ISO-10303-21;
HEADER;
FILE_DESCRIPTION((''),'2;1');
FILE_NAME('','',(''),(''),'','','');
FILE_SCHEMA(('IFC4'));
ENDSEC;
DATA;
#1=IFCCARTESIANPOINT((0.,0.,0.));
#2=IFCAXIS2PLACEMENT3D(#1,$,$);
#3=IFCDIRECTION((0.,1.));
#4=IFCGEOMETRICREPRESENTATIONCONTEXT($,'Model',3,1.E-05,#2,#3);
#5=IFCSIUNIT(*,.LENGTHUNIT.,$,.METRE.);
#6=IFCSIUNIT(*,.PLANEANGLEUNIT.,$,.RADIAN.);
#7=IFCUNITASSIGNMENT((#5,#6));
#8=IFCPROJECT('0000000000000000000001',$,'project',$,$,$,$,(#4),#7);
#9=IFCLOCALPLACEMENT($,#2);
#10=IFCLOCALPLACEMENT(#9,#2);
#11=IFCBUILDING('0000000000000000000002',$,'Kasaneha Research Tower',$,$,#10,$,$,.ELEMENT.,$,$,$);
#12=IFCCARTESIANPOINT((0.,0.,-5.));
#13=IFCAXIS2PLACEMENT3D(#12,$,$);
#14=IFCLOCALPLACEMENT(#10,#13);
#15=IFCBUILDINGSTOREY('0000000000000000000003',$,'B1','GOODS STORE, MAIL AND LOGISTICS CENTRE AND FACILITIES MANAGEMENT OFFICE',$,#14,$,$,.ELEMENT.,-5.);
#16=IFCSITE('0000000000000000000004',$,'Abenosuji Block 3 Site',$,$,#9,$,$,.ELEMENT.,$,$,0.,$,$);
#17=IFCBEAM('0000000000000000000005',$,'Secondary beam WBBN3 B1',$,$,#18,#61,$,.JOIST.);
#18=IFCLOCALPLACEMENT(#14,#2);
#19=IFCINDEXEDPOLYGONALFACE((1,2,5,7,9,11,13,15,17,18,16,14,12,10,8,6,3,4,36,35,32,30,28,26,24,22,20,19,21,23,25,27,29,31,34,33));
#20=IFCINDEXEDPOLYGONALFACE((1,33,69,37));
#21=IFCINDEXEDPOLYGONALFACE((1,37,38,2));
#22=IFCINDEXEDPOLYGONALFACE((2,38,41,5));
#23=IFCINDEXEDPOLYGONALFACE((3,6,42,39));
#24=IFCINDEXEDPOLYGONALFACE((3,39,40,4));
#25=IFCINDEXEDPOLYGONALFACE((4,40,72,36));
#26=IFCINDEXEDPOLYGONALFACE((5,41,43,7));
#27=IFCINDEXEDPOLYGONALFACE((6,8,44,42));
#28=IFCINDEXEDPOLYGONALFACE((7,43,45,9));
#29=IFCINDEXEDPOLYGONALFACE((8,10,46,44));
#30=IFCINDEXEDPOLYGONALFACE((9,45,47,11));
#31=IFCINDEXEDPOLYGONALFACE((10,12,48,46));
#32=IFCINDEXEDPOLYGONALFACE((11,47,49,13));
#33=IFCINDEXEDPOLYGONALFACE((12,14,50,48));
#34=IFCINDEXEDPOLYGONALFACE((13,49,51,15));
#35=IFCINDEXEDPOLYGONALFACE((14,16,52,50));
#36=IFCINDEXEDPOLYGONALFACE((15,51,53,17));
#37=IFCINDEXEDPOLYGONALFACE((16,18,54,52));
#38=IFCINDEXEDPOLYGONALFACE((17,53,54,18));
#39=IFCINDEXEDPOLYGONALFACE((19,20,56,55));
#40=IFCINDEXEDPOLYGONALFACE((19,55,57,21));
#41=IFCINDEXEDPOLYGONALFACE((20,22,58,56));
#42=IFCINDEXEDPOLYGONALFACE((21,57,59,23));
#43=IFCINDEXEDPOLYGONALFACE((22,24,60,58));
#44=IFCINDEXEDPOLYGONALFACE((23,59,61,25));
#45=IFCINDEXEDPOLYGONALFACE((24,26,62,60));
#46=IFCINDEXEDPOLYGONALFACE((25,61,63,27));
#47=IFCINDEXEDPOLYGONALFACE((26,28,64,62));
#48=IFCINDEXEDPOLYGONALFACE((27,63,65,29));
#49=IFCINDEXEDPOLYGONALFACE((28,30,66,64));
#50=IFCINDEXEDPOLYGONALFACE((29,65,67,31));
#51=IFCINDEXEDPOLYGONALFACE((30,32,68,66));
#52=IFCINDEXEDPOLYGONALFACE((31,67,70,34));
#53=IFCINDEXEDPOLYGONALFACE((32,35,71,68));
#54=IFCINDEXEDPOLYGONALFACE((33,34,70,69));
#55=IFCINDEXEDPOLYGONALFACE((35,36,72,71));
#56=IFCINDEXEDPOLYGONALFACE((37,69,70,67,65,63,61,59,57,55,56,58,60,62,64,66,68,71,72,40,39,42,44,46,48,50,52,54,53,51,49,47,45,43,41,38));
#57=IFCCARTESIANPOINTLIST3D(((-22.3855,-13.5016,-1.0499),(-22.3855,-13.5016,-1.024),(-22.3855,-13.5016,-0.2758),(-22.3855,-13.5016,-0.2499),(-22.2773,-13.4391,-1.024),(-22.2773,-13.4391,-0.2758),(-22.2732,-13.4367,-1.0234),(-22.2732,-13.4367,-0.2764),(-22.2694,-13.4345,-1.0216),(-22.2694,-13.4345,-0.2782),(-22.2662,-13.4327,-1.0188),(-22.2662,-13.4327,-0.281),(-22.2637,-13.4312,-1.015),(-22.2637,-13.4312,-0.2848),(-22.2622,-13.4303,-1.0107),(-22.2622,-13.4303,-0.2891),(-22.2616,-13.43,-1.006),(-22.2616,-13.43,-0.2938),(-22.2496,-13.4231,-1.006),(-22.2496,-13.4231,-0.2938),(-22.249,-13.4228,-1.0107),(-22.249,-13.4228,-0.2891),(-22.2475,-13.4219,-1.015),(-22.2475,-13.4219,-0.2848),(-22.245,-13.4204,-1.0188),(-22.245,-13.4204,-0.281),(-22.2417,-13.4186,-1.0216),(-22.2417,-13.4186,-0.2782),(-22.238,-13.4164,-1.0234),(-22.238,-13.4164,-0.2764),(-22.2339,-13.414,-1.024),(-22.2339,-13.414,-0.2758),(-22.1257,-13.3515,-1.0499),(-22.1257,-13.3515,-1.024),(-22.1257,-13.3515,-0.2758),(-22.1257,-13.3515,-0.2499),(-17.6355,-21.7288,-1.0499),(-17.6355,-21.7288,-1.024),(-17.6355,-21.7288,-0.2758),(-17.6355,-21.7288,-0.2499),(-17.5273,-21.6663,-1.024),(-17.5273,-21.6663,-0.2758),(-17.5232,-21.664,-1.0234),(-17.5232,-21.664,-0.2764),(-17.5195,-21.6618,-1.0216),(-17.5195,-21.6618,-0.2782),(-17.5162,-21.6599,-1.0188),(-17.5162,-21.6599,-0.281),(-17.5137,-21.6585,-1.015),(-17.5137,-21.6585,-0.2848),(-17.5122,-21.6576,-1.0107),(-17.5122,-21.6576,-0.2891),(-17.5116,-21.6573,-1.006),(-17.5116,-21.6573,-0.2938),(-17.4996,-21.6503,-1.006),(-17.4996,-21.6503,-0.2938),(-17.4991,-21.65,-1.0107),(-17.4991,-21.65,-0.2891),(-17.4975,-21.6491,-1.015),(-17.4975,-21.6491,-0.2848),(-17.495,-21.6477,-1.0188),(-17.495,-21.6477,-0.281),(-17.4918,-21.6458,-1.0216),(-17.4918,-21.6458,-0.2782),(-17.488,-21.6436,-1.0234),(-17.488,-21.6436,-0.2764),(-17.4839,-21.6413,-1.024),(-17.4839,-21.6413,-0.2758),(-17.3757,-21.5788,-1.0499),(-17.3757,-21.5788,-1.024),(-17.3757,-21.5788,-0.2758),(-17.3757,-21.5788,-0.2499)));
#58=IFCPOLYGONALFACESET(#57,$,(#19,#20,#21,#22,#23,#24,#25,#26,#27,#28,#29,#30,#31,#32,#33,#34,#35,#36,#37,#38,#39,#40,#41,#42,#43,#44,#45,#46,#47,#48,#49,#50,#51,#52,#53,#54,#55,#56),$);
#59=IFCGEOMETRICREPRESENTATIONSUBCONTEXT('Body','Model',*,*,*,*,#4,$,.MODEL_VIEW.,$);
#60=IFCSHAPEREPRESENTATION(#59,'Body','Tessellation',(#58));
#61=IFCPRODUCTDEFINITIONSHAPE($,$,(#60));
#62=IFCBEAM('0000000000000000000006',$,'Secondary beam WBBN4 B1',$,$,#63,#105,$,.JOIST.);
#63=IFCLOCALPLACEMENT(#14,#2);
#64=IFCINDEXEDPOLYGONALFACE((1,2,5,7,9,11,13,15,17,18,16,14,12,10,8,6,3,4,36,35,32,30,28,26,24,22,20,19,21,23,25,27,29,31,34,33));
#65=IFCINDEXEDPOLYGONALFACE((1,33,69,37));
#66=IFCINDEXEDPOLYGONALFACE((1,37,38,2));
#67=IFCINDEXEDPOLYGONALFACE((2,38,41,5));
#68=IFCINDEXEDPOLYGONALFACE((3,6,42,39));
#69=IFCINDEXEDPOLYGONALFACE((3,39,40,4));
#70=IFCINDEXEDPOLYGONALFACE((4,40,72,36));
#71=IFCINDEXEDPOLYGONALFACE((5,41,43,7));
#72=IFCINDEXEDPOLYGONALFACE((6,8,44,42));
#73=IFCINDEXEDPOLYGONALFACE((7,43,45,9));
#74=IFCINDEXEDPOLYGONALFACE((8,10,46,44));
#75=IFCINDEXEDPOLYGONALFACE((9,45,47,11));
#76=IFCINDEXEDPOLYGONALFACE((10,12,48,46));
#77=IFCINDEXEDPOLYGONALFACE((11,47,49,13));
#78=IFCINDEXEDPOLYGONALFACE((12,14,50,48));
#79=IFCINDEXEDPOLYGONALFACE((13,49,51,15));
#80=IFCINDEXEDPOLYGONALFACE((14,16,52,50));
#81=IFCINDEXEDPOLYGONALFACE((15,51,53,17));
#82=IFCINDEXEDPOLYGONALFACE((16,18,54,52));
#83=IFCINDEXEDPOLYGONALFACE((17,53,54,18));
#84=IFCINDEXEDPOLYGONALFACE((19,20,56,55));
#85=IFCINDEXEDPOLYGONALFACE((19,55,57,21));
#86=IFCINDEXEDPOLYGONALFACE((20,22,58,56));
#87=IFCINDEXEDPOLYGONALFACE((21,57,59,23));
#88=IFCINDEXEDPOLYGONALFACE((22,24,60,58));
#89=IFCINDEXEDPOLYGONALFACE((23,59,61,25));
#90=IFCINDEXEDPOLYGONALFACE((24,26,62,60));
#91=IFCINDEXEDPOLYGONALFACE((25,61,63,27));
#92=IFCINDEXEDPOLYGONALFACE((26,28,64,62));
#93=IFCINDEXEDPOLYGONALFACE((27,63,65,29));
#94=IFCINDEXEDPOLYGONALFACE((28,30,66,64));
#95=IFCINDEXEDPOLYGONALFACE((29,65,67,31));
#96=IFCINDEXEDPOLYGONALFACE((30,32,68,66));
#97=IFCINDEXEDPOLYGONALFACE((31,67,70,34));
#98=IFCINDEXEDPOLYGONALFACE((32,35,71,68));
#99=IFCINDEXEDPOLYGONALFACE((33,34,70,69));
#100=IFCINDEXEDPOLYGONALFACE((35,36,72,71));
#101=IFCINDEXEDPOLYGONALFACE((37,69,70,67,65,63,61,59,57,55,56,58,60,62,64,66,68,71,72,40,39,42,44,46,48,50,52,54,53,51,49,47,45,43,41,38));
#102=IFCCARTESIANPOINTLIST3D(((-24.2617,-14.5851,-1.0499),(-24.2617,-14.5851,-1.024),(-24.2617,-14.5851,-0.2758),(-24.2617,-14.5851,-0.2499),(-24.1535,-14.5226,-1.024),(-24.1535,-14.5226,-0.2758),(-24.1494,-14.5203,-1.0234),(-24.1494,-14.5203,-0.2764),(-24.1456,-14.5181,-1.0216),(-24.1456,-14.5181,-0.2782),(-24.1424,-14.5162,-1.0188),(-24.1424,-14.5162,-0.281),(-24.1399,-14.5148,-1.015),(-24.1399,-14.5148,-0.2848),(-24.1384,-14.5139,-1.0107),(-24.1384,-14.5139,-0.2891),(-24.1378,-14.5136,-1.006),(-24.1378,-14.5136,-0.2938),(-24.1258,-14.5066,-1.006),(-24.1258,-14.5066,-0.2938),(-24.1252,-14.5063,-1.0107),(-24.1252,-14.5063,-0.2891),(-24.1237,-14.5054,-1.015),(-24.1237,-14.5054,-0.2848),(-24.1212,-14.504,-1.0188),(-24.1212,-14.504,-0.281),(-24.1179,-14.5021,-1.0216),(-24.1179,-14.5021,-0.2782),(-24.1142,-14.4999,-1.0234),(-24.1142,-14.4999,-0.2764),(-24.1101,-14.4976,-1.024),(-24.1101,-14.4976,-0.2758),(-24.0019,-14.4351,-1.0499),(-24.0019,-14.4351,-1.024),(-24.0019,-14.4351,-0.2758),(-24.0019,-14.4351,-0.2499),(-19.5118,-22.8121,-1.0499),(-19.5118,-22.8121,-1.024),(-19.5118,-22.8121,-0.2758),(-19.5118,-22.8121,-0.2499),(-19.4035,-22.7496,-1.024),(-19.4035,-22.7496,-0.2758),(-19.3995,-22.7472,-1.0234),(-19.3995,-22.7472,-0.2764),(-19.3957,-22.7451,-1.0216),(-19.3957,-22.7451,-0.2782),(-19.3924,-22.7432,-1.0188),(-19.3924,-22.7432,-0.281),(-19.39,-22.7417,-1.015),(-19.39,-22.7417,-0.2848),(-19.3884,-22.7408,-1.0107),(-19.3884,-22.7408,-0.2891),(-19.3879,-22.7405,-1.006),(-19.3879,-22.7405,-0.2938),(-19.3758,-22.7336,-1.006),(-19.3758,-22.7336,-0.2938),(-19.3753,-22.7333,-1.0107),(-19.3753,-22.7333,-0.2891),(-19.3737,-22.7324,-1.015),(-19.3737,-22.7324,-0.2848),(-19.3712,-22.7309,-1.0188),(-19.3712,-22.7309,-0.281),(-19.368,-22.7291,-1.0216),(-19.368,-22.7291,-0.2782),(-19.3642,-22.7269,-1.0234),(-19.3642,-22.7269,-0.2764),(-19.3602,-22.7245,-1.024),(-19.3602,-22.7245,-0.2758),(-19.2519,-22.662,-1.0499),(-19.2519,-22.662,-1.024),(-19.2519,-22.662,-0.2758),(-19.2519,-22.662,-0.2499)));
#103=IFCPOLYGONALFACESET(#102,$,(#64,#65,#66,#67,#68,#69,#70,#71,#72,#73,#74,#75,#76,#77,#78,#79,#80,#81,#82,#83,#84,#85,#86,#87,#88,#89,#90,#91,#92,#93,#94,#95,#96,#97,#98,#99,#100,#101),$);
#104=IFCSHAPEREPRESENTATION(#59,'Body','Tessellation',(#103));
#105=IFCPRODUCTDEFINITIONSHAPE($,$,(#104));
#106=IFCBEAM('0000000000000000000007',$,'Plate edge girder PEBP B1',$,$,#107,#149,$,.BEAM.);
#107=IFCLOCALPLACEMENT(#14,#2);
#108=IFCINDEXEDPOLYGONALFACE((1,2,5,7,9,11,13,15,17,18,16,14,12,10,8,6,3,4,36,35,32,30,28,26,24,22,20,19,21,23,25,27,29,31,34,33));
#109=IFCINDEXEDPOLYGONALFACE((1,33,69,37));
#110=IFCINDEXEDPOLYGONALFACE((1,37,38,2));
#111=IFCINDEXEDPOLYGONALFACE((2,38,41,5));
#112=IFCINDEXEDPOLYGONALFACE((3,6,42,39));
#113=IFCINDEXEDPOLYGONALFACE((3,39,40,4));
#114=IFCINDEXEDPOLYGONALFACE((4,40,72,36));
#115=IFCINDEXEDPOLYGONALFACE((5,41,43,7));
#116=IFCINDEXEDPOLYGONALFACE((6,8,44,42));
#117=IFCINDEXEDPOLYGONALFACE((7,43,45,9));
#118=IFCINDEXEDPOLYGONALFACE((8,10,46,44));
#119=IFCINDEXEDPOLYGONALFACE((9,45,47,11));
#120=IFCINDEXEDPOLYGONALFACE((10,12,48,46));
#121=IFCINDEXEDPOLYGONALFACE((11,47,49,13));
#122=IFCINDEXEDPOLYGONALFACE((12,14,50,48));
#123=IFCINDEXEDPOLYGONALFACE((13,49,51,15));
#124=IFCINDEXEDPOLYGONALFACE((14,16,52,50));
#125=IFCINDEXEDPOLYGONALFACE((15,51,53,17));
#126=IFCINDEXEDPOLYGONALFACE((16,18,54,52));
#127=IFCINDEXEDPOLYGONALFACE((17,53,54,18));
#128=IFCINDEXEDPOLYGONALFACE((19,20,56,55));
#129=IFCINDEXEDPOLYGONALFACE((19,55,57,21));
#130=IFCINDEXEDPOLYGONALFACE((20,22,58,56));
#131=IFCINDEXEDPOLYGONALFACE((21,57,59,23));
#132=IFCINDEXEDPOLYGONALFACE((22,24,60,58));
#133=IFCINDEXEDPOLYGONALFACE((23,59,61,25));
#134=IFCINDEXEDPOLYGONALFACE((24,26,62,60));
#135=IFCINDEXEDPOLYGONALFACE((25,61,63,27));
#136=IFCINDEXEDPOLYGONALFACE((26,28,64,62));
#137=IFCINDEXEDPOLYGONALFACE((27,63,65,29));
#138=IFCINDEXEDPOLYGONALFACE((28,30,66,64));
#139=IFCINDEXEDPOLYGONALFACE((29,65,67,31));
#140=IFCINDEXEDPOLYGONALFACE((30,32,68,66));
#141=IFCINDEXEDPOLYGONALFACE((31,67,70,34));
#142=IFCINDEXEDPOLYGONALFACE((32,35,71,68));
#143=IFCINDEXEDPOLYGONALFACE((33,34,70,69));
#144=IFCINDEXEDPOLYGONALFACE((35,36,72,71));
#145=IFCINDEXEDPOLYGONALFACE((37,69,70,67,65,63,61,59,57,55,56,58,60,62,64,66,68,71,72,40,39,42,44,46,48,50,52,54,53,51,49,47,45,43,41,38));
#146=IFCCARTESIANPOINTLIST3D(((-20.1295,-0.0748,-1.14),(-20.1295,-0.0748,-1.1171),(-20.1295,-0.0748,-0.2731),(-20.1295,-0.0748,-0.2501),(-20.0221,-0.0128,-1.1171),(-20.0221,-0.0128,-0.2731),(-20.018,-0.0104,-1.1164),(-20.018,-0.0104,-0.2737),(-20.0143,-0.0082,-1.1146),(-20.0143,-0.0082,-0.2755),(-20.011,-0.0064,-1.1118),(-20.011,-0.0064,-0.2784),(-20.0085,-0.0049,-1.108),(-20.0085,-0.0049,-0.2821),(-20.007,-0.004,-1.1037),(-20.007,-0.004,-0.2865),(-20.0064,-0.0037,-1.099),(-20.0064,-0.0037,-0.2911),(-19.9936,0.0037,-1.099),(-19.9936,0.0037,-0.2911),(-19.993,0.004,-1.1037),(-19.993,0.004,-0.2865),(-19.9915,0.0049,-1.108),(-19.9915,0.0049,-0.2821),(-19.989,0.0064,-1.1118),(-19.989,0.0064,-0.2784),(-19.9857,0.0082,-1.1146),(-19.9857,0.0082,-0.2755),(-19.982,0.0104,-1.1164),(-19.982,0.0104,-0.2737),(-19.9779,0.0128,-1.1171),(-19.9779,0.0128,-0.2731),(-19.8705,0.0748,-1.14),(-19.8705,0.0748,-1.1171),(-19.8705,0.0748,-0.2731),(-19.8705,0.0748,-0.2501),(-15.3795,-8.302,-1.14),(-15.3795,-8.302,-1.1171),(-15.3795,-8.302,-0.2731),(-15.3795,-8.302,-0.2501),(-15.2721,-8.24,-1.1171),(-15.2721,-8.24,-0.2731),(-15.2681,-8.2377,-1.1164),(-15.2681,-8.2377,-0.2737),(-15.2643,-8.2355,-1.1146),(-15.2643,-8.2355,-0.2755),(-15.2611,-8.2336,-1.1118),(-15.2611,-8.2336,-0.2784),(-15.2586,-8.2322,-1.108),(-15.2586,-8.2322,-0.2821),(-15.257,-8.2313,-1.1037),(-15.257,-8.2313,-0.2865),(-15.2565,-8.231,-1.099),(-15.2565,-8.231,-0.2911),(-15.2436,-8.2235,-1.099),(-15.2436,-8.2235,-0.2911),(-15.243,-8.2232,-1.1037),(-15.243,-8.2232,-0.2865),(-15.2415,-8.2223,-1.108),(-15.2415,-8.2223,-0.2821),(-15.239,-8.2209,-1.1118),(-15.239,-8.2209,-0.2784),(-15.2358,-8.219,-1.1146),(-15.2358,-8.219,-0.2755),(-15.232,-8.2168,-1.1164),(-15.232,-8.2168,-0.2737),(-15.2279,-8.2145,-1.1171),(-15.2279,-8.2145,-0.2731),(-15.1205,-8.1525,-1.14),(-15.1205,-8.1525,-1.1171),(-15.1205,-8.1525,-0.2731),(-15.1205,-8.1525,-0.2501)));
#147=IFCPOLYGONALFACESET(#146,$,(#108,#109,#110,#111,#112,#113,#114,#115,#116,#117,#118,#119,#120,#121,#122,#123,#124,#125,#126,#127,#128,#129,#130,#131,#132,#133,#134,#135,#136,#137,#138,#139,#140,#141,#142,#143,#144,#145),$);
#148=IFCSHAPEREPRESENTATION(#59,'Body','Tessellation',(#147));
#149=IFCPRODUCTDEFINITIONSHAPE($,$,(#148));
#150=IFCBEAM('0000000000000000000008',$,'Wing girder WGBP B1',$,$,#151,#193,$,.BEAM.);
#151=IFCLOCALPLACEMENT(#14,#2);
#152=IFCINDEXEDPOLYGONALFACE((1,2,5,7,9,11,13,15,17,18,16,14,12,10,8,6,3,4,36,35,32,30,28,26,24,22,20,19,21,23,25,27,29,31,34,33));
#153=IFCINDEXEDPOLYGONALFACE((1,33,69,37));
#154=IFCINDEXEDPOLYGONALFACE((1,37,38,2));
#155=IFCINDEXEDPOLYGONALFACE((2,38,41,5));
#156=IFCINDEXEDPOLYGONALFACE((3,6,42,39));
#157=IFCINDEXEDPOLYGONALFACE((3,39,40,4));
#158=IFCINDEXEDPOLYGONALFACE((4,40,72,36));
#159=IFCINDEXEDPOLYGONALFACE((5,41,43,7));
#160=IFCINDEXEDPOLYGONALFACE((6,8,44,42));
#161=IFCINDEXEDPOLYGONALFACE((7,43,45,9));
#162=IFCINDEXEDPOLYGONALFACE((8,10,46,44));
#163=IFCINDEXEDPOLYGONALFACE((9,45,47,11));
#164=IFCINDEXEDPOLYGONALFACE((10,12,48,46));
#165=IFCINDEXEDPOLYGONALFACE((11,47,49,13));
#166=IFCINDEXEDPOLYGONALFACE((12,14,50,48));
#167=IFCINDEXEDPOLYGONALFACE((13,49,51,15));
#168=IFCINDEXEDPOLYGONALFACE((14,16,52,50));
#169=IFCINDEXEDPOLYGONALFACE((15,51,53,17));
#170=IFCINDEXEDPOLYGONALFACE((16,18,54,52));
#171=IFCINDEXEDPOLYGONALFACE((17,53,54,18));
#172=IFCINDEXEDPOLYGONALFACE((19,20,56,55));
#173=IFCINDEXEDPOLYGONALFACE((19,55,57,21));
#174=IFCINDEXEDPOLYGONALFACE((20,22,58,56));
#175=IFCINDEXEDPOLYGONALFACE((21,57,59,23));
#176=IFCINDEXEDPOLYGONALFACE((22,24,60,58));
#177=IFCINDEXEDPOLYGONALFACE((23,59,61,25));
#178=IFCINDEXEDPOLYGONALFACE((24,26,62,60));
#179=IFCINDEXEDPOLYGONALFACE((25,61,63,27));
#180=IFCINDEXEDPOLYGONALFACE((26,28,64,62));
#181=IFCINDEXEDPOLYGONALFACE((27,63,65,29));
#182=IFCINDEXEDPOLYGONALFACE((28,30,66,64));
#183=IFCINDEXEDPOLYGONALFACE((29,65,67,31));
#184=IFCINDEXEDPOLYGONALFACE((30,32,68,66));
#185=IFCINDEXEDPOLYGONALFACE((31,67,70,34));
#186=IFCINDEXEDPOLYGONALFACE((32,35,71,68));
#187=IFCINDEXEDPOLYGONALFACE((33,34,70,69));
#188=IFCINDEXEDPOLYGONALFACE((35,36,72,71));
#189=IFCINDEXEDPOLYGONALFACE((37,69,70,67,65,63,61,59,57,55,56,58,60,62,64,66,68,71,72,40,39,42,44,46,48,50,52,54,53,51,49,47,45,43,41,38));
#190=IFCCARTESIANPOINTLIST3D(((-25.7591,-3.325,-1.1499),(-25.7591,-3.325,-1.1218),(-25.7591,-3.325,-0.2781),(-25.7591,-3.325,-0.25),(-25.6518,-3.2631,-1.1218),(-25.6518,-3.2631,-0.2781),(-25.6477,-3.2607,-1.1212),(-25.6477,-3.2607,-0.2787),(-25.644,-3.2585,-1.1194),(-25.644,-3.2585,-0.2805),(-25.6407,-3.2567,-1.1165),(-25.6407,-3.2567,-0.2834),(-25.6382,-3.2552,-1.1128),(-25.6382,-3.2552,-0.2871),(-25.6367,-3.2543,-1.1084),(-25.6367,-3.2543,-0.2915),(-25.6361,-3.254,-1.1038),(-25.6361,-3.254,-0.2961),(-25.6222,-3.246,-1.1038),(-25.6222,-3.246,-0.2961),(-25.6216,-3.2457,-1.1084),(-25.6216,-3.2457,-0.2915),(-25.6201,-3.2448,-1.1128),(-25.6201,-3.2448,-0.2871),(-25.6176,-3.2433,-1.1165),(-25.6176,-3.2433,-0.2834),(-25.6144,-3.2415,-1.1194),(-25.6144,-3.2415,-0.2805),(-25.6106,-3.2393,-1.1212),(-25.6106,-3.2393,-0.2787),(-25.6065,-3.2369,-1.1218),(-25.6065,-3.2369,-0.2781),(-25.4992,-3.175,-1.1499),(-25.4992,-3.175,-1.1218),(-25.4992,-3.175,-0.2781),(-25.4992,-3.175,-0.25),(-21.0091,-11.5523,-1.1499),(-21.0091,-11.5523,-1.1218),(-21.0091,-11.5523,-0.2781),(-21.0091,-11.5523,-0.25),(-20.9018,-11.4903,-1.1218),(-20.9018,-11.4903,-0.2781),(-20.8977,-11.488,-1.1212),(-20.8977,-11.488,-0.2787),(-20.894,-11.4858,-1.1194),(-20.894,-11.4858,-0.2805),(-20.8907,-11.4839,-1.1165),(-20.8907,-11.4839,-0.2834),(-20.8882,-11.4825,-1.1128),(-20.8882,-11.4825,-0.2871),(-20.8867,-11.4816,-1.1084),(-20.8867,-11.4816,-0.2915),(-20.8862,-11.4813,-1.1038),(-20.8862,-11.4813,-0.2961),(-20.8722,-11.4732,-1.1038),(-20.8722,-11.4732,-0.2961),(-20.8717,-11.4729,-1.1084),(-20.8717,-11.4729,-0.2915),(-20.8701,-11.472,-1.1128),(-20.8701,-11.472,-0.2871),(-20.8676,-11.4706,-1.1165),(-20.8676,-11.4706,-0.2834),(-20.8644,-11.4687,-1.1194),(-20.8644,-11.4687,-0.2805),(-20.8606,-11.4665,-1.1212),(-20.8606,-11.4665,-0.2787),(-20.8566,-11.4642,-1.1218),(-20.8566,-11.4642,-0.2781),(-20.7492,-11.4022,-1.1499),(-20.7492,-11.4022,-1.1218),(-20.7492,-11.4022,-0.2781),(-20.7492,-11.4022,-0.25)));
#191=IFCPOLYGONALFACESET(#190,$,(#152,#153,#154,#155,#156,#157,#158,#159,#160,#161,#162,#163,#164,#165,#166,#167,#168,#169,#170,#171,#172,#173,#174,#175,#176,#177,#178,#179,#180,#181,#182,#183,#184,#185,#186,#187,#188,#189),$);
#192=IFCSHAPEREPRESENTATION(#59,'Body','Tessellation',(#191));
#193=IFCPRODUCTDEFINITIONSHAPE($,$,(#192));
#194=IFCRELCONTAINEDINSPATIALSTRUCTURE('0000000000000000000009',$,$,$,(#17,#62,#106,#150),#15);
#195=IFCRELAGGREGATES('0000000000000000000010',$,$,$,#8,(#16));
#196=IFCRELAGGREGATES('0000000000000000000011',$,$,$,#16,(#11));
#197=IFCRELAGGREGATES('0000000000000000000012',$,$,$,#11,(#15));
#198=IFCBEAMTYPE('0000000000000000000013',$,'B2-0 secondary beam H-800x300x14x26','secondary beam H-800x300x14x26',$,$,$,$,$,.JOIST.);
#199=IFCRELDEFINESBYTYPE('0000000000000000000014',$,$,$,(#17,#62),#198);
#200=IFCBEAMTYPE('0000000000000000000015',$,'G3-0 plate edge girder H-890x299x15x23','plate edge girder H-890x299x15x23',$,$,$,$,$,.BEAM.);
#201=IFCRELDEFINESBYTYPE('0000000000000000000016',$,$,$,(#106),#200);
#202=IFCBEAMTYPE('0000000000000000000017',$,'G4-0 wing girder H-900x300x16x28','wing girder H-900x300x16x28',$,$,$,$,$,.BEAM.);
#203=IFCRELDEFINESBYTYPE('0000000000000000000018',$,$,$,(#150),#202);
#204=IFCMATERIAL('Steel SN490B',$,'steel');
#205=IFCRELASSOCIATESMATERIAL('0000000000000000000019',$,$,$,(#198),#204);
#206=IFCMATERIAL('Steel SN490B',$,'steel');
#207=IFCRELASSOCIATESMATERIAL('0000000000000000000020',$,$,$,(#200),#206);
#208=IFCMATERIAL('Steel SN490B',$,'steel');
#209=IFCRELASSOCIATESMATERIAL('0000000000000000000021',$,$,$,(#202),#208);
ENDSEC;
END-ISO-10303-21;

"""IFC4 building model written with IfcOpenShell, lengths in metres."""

from ifc_helpers import new_model, si_unit, direction, frame, origin, origin_2d, place, context, subcontext, project, spatial, i_section, extrude, material, material_profile, profile_set, type_object, element, save


model = new_model("IFC4")

# Units and contexts
model_context = context("Model", 3, precision=1e-05, world=origin(), true_north=direction((0.0, 1.0)))
body_context = subcontext(model_context, "Body", "Model", "MODEL_VIEW")
ifc_project = project(units=[si_unit("LENGTHUNIT", "METRE"), si_unit("PLANEANGLEUNIT", "RADIAN")], contexts=[model_context])

# Site, building, storey
site_placement = place(None, origin())
site = spatial("IfcSite", under=ifc_project, at=site_placement, Name="Abenosuji Block 3 Site", CompositionType="ELEMENT", RefElevation=0.0)
building_placement = place(site_placement, origin())
building = spatial("IfcBuilding", under=site, at=building_placement, Name="Kasaneha Research Tower", CompositionType="ELEMENT")
storey_placement = place(building_placement, frame((0.0, 0.0, -5.0)))
storey = spatial("IfcBuildingStorey", under=building, at=storey_placement, Name="B1", Description="GOODS STORE, MAIL AND LOGISTICS CENTRE AND FACILITIES MANAGEMENT OFFICE", CompositionType="ELEMENT", Elevation=-5.0)

# Beams
ifc_material_1 = material(Name="Steel SN490B", Category="steel")
ifc_material_profile_1 = material_profile(ifc_material_1, i_section(OverallWidth=0.3, OverallDepth=0.8, WebThickness=0.0139, FlangeThickness=0.0259, FilletRadius=0.0181, at=origin_2d()), Name="H-800x300x14x26")
ifc_profile_set_1 = profile_set([ifc_material_profile_1], Name="Steel SN490B")
beam_type_1 = type_object("IfcBeamType", Name="B2-0 secondary beam H-800x300x14x26", Description="secondary beam H-800x300x14x26", PredefinedType="JOIST", material=ifc_profile_set_1)
beam_1_placement = place(storey_placement, frame((-17.5056, -21.6538, -0.6499), z_axis=(-0.499998, 0.866027, 0.0), x_axis=(-0.866027, -0.499998, 0.0)))
element("IfcBeam", 1, at=beam_1_placement, inside=storey, type_object=beam_type_1, Name="Secondary beam WBBN3 B1", PredefinedType="JOIST", context=body_context, shape_type="SweptSolid", body=[
    extrude(i_section(OverallWidth=0.3, OverallDepth=0.8, WebThickness=0.0139, FlangeThickness=0.0259, FilletRadius=0.0181, at=origin_2d()), origin(), (0.0, 0.0, 1.0), 9.5),
])
beam_2_placement = place(storey_placement, frame((-19.3818, -22.7371, -0.6499), z_axis=(-0.500009, 0.86602, 0.0), x_axis=(-0.86602, -0.500009, 0.0)))
element("IfcBeam", 2, at=beam_2_placement, inside=storey, type_object=beam_type_1, Name="Secondary beam WBBN4 B1", PredefinedType="JOIST", context=body_context, shape_type="SweptSolid", body=[
    extrude(i_section(OverallWidth=0.3, OverallDepth=0.8, WebThickness=0.0139, FlangeThickness=0.0259, FilletRadius=0.0181, at=origin_2d()), origin(), (0.0, 0.0, 1.0), 9.4998),
])
ifc_material_2 = material(Name="Steel SN490B", Category="steel")
ifc_material_profile_2 = material_profile(ifc_material_2, i_section(OverallWidth=0.2991, OverallDepth=0.8899, WebThickness=0.0149, FlangeThickness=0.0229, FilletRadius=0.0181, at=origin_2d()), Name="H-890x299x15x23")
ifc_profile_set_2 = profile_set([ifc_material_profile_2], Name="Steel SN490B")
beam_type_2 = type_object("IfcBeamType", Name="G3-0 plate edge girder H-890x299x15x23", Description="plate edge girder H-890x299x15x23", PredefinedType="BEAM", material=ifc_profile_set_2)
beam_3_placement = place(storey_placement, frame((-20.0, 0.0, -0.6951), z_axis=(0.499998, -0.866027, 0.0), x_axis=(0.866027, 0.499998, 0.0)))
element("IfcBeam", 3, at=beam_3_placement, inside=storey, type_object=beam_type_2, Name="Plate edge girder PEBP B1", PredefinedType="BEAM", context=body_context, shape_type="SweptSolid", body=[
    extrude(i_section(OverallWidth=0.2991, OverallDepth=0.8899, WebThickness=0.0149, FlangeThickness=0.0229, FilletRadius=0.0181, at=origin_2d()), origin(), (0.0, 0.0, 1.0), 9.5),
])
ifc_material_3 = material(Name="Steel SN490B", Category="steel")
ifc_material_profile_3 = material_profile(ifc_material_3, i_section(OverallWidth=0.3, OverallDepth=0.8999, WebThickness=0.0161, FlangeThickness=0.0281, FilletRadius=0.0181, at=origin_2d()), Name="H-900x300x16x28")
ifc_profile_set_3 = profile_set([ifc_material_profile_3], Name="Steel SN490B")
beam_type_3 = type_object("IfcBeamType", Name="G4-0 wing girder H-900x300x16x28", Description="wing girder H-900x300x16x28", PredefinedType="BEAM", material=ifc_profile_set_3)
for number, where, z_axis, x_axis, name in (
    (4, (-25.6292, -3.25, -0.7), (0.499998, -0.866027, 0.0), (0.866027, 0.499998, 0.0), "Wing girder WGBP B1"),
):
    element("IfcBeam", number, at=place(storey_placement, frame(where, z_axis=z_axis, x_axis=x_axis)), inside=storey, type_object=beam_type_3, Name=name, PredefinedType="BEAM", context=body_context, shape_type="SweptSolid", body=[
        extrude(i_section(OverallWidth=0.3, OverallDepth=0.8999, WebThickness=0.0161, FlangeThickness=0.0281, FilletRadius=0.0181, at=origin_2d()), origin(), (0.0, 0.0, 1.0), 9.5),
    ])

save(model, "model.ifc")
